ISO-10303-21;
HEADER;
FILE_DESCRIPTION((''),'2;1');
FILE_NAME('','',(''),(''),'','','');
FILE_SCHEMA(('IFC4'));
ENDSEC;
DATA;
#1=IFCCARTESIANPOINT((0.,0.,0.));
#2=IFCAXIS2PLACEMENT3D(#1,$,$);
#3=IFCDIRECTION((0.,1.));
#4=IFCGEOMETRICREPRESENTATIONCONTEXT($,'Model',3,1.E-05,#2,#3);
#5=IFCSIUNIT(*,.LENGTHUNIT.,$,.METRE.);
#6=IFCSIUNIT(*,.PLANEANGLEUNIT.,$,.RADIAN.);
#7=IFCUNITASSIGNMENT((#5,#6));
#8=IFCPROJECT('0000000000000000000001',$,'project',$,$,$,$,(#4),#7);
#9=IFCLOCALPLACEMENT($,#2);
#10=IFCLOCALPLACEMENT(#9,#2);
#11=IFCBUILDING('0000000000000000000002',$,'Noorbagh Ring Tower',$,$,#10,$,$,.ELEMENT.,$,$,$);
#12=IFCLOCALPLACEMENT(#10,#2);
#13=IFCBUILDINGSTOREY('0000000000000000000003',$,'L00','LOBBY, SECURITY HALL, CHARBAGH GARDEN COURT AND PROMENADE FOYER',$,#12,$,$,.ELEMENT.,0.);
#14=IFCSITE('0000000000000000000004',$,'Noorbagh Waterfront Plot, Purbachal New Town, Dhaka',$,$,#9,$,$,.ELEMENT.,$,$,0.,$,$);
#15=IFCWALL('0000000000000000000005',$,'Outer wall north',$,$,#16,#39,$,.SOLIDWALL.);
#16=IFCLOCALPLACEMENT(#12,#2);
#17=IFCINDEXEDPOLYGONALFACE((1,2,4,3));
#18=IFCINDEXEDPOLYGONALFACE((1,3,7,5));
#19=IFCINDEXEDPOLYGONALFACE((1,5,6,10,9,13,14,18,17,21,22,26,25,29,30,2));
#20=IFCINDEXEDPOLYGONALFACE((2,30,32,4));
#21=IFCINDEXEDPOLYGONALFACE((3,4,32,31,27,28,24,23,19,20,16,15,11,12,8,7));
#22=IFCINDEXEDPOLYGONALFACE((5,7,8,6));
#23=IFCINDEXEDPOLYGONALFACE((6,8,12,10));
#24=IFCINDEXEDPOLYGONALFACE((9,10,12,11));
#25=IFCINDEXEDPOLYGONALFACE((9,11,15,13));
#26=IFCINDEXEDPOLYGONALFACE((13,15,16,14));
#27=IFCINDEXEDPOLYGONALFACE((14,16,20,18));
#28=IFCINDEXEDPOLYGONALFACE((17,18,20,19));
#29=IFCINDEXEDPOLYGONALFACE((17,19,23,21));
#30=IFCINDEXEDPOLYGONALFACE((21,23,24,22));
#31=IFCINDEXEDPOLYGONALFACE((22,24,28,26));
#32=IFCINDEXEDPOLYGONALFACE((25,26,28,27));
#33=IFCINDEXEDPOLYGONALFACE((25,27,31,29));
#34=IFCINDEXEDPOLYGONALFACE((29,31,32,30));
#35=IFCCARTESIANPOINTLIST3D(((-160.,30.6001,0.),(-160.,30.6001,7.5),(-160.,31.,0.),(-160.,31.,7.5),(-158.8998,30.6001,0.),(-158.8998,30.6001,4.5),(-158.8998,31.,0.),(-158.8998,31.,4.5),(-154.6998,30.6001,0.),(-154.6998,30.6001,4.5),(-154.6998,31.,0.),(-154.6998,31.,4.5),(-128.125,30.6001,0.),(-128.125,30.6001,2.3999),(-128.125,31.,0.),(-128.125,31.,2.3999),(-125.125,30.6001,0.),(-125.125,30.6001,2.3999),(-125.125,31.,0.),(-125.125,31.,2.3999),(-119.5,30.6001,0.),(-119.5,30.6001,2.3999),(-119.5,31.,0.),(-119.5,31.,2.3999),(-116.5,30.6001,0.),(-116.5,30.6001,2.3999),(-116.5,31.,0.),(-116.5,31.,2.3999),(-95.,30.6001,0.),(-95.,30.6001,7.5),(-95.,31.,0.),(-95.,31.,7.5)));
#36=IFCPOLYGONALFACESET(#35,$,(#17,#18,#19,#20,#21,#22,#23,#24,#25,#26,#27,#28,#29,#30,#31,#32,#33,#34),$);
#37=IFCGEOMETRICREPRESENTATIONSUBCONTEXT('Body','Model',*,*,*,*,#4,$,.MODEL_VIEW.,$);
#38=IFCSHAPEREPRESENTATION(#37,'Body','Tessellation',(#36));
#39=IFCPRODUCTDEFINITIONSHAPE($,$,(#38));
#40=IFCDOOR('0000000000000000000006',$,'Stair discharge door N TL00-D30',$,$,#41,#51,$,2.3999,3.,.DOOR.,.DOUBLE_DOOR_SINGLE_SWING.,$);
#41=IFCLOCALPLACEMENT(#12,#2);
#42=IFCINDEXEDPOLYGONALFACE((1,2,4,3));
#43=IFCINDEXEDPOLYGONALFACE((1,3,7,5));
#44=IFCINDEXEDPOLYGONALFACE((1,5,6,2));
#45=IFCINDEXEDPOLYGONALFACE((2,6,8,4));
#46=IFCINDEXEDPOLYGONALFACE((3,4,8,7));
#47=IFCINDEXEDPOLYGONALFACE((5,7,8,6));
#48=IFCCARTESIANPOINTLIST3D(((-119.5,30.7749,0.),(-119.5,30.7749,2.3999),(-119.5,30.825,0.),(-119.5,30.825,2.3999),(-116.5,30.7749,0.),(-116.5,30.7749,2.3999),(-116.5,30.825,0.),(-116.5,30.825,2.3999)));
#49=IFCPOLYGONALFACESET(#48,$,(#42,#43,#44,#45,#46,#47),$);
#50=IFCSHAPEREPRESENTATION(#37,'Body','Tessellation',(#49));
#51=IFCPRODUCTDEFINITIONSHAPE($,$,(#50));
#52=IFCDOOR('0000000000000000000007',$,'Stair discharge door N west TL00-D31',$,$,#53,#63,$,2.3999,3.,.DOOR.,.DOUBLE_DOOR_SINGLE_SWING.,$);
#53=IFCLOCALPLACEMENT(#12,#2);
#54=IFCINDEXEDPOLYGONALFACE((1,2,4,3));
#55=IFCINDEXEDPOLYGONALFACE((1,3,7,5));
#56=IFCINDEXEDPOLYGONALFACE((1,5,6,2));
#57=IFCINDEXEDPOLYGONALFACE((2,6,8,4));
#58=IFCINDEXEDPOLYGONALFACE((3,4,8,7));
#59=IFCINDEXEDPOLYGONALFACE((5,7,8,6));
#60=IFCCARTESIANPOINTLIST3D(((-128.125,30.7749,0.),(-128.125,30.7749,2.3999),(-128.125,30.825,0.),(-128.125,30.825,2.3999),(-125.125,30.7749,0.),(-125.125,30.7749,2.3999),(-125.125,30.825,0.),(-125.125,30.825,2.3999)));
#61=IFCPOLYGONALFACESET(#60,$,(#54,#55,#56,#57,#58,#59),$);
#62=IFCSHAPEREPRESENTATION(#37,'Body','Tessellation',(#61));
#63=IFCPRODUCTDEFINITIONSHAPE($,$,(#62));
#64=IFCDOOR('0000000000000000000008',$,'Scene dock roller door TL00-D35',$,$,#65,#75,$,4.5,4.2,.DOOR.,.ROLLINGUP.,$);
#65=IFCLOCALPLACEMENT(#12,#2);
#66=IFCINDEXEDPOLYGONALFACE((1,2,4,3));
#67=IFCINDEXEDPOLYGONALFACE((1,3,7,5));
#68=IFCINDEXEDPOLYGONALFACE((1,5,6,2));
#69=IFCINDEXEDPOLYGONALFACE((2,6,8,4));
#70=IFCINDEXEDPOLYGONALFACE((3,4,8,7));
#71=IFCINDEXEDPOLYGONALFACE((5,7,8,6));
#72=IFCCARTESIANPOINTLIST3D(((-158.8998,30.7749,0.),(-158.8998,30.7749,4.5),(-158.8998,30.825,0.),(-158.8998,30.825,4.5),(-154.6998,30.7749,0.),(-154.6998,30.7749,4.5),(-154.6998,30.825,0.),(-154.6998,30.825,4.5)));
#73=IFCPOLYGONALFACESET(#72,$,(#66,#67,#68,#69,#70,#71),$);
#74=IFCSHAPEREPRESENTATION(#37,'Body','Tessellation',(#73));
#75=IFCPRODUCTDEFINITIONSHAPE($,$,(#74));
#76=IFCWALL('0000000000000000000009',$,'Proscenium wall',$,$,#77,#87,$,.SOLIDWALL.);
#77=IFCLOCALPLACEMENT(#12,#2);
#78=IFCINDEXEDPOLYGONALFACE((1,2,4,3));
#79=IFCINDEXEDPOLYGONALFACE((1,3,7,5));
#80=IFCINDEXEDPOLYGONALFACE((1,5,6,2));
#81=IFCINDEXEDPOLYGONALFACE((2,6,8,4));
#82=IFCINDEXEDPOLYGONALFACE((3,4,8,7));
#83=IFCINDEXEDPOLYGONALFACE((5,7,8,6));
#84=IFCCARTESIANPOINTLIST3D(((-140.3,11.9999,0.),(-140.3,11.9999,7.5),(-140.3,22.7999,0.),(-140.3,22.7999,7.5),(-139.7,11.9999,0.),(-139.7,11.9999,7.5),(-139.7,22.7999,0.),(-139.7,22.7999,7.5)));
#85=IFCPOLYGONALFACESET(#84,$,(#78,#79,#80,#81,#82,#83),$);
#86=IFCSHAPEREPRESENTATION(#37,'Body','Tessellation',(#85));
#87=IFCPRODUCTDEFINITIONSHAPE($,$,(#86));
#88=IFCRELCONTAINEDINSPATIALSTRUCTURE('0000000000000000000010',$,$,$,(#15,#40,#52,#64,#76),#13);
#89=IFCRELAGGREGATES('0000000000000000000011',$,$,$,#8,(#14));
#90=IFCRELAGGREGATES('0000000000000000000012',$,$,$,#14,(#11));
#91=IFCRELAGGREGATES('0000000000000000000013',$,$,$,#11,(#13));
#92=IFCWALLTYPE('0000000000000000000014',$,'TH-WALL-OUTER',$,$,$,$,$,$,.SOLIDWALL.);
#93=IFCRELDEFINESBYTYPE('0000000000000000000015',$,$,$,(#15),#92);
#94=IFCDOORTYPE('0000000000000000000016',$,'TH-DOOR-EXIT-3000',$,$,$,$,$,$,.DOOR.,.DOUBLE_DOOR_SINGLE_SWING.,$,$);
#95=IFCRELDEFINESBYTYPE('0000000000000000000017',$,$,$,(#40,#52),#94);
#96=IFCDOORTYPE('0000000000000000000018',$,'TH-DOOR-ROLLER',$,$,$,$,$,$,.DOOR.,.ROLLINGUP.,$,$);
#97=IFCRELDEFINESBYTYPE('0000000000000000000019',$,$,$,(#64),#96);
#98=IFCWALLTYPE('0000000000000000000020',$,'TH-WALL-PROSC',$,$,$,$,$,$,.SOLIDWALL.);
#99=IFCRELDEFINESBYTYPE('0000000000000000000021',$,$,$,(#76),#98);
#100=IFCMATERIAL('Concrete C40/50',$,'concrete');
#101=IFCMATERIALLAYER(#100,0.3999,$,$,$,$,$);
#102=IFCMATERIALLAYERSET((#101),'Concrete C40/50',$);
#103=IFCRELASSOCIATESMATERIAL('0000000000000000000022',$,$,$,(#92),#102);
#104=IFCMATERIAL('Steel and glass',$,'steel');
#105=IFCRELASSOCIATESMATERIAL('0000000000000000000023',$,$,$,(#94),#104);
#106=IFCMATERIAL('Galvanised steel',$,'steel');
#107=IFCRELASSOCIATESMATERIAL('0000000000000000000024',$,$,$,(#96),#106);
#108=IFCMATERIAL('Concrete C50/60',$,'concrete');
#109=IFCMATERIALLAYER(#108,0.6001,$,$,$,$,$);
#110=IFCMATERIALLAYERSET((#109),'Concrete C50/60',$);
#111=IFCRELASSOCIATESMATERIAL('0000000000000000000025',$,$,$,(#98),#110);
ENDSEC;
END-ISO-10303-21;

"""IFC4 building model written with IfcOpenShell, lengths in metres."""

from ifc_helpers import new_model, si_unit, direction, frame, frame_2d, origin, place, context, subcontext, project, spatial, rectangle, extrude, material, layer, layer_set, type_object, element, fill, save


model = new_model("IFC4")

# Units and contexts
model_context = context("Model", 3, precision=1e-05, world=origin(), true_north=direction((0.0, 1.0)))
body_context = subcontext(model_context, "Body", "Model", "MODEL_VIEW")
ifc_project = project(units=[si_unit("LENGTHUNIT", "METRE"), si_unit("PLANEANGLEUNIT", "RADIAN")], contexts=[model_context])

# Site, building, storey
site_placement = place(None, origin())
site = spatial("IfcSite", under=ifc_project, at=site_placement, Name="Noorbagh Waterfront Plot, Purbachal New Town, Dhaka", CompositionType="ELEMENT", RefElevation=0.0)
building_placement = place(site_placement, origin())
building = spatial("IfcBuilding", under=site, at=building_placement, Name="Noorbagh Ring Tower", CompositionType="ELEMENT")
storey_placement = place(building_placement, origin())
storey = spatial("IfcBuildingStorey", under=building, at=storey_placement, Name="L00", Description="LOBBY, SECURITY HALL, CHARBAGH GARDEN COURT AND PROMENADE FOYER", CompositionType="ELEMENT", Elevation=0.0)

# Wall, openings, doors
ifc_material_1 = material(Name="Concrete C40/50", Category="concrete")
ifc_layer_1 = layer(ifc_material_1, 0.3999)
ifc_layer_set_1 = layer_set([ifc_layer_1], Name="Concrete C40/50")
wall_type_1 = type_object("IfcWallType", Name="TH-WALL-OUTER", PredefinedType="SOLIDWALL", material=ifc_layer_set_1)
wall_1_placement = place(storey_placement, frame((-160.0, 30.8, 0.0), z_axis=(0.0, 0.0, 1.0), x_axis=(1.0, 0.0, 0.0)))
wall_1 = element("IfcWall", 1, at=wall_1_placement, inside=storey, type_object=wall_type_1, Name="Outer wall north", PredefinedType="SOLIDWALL", context=body_context, shape_type="SweptSolid", body=[
    extrude(rectangle(XDim=65.0, YDim=0.3999, at=frame_2d((32.5, 0.0))), origin(), (0.0, 0.0, 1.0), 7.5),
])
opening_1_placement = place(wall_1_placement, frame((40.5, 0.0, 0.0)))
opening_1 = element("IfcOpeningElement", 2, at=opening_1_placement, cuts=wall_1, PredefinedType="OPENING", context=body_context, shape_type="SweptSolid", body=[
    extrude(rectangle(XDim=3.0, YDim=2.3999, at=frame_2d((1.5, 1.2))), frame((0.0, 0.21, 0.0), z_axis=(0.0, -1.0, 0.0), x_axis=(1.0, 0.0, 0.0)), (0.0, 0.0, 1.0), 0.4199),
])
opening_2_placement = place(wall_1_placement, frame((31.875, 0.0, 0.0)))
opening_2 = element("IfcOpeningElement", 3, at=opening_2_placement, cuts=wall_1, PredefinedType="OPENING", context=body_context, shape_type="SweptSolid", body=[
    extrude(rectangle(XDim=3.0, YDim=2.3999, at=frame_2d((1.5, 1.2))), frame((0.0, 0.21, 0.0), z_axis=(0.0, -1.0, 0.0), x_axis=(1.0, 0.0, 0.0)), (0.0, 0.0, 1.0), 0.4199),
])
opening_3_placement = place(wall_1_placement, frame((1.1001, 0.0, 0.0)))
opening_3 = element("IfcOpeningElement", 4, at=opening_3_placement, cuts=wall_1, PredefinedType="OPENING", context=body_context, shape_type="SweptSolid", body=[
    extrude(rectangle(XDim=4.2, YDim=4.5, at=frame_2d((2.1001, 2.25))), frame((0.0, 0.21, 0.0), z_axis=(0.0, -1.0, 0.0), x_axis=(1.0, 0.0, 0.0)), (0.0, 0.0, 1.0), 0.4199),
])
ifc_material_2 = material(Name="Steel and glass", Category="steel")
door_type_1 = type_object("IfcDoorType", Name="TH-DOOR-EXIT-3000", OperationType="DOUBLE_DOOR_SINGLE_SWING", PredefinedType="DOOR", material=ifc_material_2)
door_1_placement = place(opening_1_placement, origin())
door_1 = element("IfcDoor", 5, at=door_1_placement, inside=storey, type_object=door_type_1, Name="Stair discharge door N TL00-D30", OperationType="DOUBLE_DOOR_SINGLE_SWING", OverallHeight=2.3999, OverallWidth=3.0, PredefinedType="DOOR", context=body_context, shape_type="SweptSolid", body=[
    extrude(rectangle(XDim=3.0, YDim=2.3999, at=frame_2d((1.5, 1.2))), frame((0.0, 0.0249, 0.0), z_axis=(0.0, -1.0, 0.0), x_axis=(1.0, 0.0, 0.0)), (0.0, 0.0, 1.0), 0.05),
])
fill(opening_1, door_1)
door_2_placement = place(opening_2_placement, origin())
door_2 = element("IfcDoor", 6, at=door_2_placement, inside=storey, type_object=door_type_1, Name="Stair discharge door N west TL00-D31", OperationType="DOUBLE_DOOR_SINGLE_SWING", OverallHeight=2.3999, OverallWidth=3.0, PredefinedType="DOOR", context=body_context, shape_type="SweptSolid", body=[
    extrude(rectangle(XDim=3.0, YDim=2.3999, at=frame_2d((1.5, 1.2))), frame((0.0, 0.0249, 0.0), z_axis=(0.0, -1.0, 0.0), x_axis=(1.0, 0.0, 0.0)), (0.0, 0.0, 1.0), 0.05),
])
fill(opening_2, door_2)
ifc_material_3 = material(Name="Galvanised steel", Category="steel")
door_type_2 = type_object("IfcDoorType", Name="TH-DOOR-ROLLER", OperationType="ROLLINGUP", PredefinedType="DOOR", material=ifc_material_3)
door_3_placement = place(opening_3_placement, origin())
door_3 = element("IfcDoor", 7, at=door_3_placement, inside=storey, type_object=door_type_2, Name="Scene dock roller door TL00-D35", OperationType="ROLLINGUP", OverallHeight=4.5, OverallWidth=4.2, PredefinedType="DOOR", context=body_context, shape_type="SweptSolid", body=[
    extrude(rectangle(XDim=4.2, YDim=4.5, at=frame_2d((2.1001, 2.25))), frame((0.0, 0.0249, 0.0), z_axis=(0.0, -1.0, 0.0), x_axis=(1.0, 0.0, 0.0)), (0.0, 0.0, 1.0), 0.05),
])
fill(opening_3, door_3)

# Wall
ifc_material_4 = material(Name="Concrete C50/60", Category="concrete")
ifc_layer_2 = layer(ifc_material_4, 0.6001)
ifc_layer_set_2 = layer_set([ifc_layer_2], Name="Concrete C50/60")
wall_type_2 = type_object("IfcWallType", Name="TH-WALL-PROSC", PredefinedType="SOLIDWALL", material=ifc_layer_set_2)
wall_2_placement = place(storey_placement, frame((-140.0, 12.0, 0.0), z_axis=(0.0, 0.0, 1.0), x_axis=(0.0, 1.0, 0.0)))
element("IfcWall", 8, at=wall_2_placement, inside=storey, type_object=wall_type_2, Name="Proscenium wall", PredefinedType="SOLIDWALL", context=body_context, shape_type="SweptSolid", body=[
    extrude(rectangle(XDim=10.8, YDim=0.6001, at=frame_2d((5.3999, 0.0))), origin(), (0.0, 0.0, 1.0), 7.5),
])

save(model, "model.ifc")
